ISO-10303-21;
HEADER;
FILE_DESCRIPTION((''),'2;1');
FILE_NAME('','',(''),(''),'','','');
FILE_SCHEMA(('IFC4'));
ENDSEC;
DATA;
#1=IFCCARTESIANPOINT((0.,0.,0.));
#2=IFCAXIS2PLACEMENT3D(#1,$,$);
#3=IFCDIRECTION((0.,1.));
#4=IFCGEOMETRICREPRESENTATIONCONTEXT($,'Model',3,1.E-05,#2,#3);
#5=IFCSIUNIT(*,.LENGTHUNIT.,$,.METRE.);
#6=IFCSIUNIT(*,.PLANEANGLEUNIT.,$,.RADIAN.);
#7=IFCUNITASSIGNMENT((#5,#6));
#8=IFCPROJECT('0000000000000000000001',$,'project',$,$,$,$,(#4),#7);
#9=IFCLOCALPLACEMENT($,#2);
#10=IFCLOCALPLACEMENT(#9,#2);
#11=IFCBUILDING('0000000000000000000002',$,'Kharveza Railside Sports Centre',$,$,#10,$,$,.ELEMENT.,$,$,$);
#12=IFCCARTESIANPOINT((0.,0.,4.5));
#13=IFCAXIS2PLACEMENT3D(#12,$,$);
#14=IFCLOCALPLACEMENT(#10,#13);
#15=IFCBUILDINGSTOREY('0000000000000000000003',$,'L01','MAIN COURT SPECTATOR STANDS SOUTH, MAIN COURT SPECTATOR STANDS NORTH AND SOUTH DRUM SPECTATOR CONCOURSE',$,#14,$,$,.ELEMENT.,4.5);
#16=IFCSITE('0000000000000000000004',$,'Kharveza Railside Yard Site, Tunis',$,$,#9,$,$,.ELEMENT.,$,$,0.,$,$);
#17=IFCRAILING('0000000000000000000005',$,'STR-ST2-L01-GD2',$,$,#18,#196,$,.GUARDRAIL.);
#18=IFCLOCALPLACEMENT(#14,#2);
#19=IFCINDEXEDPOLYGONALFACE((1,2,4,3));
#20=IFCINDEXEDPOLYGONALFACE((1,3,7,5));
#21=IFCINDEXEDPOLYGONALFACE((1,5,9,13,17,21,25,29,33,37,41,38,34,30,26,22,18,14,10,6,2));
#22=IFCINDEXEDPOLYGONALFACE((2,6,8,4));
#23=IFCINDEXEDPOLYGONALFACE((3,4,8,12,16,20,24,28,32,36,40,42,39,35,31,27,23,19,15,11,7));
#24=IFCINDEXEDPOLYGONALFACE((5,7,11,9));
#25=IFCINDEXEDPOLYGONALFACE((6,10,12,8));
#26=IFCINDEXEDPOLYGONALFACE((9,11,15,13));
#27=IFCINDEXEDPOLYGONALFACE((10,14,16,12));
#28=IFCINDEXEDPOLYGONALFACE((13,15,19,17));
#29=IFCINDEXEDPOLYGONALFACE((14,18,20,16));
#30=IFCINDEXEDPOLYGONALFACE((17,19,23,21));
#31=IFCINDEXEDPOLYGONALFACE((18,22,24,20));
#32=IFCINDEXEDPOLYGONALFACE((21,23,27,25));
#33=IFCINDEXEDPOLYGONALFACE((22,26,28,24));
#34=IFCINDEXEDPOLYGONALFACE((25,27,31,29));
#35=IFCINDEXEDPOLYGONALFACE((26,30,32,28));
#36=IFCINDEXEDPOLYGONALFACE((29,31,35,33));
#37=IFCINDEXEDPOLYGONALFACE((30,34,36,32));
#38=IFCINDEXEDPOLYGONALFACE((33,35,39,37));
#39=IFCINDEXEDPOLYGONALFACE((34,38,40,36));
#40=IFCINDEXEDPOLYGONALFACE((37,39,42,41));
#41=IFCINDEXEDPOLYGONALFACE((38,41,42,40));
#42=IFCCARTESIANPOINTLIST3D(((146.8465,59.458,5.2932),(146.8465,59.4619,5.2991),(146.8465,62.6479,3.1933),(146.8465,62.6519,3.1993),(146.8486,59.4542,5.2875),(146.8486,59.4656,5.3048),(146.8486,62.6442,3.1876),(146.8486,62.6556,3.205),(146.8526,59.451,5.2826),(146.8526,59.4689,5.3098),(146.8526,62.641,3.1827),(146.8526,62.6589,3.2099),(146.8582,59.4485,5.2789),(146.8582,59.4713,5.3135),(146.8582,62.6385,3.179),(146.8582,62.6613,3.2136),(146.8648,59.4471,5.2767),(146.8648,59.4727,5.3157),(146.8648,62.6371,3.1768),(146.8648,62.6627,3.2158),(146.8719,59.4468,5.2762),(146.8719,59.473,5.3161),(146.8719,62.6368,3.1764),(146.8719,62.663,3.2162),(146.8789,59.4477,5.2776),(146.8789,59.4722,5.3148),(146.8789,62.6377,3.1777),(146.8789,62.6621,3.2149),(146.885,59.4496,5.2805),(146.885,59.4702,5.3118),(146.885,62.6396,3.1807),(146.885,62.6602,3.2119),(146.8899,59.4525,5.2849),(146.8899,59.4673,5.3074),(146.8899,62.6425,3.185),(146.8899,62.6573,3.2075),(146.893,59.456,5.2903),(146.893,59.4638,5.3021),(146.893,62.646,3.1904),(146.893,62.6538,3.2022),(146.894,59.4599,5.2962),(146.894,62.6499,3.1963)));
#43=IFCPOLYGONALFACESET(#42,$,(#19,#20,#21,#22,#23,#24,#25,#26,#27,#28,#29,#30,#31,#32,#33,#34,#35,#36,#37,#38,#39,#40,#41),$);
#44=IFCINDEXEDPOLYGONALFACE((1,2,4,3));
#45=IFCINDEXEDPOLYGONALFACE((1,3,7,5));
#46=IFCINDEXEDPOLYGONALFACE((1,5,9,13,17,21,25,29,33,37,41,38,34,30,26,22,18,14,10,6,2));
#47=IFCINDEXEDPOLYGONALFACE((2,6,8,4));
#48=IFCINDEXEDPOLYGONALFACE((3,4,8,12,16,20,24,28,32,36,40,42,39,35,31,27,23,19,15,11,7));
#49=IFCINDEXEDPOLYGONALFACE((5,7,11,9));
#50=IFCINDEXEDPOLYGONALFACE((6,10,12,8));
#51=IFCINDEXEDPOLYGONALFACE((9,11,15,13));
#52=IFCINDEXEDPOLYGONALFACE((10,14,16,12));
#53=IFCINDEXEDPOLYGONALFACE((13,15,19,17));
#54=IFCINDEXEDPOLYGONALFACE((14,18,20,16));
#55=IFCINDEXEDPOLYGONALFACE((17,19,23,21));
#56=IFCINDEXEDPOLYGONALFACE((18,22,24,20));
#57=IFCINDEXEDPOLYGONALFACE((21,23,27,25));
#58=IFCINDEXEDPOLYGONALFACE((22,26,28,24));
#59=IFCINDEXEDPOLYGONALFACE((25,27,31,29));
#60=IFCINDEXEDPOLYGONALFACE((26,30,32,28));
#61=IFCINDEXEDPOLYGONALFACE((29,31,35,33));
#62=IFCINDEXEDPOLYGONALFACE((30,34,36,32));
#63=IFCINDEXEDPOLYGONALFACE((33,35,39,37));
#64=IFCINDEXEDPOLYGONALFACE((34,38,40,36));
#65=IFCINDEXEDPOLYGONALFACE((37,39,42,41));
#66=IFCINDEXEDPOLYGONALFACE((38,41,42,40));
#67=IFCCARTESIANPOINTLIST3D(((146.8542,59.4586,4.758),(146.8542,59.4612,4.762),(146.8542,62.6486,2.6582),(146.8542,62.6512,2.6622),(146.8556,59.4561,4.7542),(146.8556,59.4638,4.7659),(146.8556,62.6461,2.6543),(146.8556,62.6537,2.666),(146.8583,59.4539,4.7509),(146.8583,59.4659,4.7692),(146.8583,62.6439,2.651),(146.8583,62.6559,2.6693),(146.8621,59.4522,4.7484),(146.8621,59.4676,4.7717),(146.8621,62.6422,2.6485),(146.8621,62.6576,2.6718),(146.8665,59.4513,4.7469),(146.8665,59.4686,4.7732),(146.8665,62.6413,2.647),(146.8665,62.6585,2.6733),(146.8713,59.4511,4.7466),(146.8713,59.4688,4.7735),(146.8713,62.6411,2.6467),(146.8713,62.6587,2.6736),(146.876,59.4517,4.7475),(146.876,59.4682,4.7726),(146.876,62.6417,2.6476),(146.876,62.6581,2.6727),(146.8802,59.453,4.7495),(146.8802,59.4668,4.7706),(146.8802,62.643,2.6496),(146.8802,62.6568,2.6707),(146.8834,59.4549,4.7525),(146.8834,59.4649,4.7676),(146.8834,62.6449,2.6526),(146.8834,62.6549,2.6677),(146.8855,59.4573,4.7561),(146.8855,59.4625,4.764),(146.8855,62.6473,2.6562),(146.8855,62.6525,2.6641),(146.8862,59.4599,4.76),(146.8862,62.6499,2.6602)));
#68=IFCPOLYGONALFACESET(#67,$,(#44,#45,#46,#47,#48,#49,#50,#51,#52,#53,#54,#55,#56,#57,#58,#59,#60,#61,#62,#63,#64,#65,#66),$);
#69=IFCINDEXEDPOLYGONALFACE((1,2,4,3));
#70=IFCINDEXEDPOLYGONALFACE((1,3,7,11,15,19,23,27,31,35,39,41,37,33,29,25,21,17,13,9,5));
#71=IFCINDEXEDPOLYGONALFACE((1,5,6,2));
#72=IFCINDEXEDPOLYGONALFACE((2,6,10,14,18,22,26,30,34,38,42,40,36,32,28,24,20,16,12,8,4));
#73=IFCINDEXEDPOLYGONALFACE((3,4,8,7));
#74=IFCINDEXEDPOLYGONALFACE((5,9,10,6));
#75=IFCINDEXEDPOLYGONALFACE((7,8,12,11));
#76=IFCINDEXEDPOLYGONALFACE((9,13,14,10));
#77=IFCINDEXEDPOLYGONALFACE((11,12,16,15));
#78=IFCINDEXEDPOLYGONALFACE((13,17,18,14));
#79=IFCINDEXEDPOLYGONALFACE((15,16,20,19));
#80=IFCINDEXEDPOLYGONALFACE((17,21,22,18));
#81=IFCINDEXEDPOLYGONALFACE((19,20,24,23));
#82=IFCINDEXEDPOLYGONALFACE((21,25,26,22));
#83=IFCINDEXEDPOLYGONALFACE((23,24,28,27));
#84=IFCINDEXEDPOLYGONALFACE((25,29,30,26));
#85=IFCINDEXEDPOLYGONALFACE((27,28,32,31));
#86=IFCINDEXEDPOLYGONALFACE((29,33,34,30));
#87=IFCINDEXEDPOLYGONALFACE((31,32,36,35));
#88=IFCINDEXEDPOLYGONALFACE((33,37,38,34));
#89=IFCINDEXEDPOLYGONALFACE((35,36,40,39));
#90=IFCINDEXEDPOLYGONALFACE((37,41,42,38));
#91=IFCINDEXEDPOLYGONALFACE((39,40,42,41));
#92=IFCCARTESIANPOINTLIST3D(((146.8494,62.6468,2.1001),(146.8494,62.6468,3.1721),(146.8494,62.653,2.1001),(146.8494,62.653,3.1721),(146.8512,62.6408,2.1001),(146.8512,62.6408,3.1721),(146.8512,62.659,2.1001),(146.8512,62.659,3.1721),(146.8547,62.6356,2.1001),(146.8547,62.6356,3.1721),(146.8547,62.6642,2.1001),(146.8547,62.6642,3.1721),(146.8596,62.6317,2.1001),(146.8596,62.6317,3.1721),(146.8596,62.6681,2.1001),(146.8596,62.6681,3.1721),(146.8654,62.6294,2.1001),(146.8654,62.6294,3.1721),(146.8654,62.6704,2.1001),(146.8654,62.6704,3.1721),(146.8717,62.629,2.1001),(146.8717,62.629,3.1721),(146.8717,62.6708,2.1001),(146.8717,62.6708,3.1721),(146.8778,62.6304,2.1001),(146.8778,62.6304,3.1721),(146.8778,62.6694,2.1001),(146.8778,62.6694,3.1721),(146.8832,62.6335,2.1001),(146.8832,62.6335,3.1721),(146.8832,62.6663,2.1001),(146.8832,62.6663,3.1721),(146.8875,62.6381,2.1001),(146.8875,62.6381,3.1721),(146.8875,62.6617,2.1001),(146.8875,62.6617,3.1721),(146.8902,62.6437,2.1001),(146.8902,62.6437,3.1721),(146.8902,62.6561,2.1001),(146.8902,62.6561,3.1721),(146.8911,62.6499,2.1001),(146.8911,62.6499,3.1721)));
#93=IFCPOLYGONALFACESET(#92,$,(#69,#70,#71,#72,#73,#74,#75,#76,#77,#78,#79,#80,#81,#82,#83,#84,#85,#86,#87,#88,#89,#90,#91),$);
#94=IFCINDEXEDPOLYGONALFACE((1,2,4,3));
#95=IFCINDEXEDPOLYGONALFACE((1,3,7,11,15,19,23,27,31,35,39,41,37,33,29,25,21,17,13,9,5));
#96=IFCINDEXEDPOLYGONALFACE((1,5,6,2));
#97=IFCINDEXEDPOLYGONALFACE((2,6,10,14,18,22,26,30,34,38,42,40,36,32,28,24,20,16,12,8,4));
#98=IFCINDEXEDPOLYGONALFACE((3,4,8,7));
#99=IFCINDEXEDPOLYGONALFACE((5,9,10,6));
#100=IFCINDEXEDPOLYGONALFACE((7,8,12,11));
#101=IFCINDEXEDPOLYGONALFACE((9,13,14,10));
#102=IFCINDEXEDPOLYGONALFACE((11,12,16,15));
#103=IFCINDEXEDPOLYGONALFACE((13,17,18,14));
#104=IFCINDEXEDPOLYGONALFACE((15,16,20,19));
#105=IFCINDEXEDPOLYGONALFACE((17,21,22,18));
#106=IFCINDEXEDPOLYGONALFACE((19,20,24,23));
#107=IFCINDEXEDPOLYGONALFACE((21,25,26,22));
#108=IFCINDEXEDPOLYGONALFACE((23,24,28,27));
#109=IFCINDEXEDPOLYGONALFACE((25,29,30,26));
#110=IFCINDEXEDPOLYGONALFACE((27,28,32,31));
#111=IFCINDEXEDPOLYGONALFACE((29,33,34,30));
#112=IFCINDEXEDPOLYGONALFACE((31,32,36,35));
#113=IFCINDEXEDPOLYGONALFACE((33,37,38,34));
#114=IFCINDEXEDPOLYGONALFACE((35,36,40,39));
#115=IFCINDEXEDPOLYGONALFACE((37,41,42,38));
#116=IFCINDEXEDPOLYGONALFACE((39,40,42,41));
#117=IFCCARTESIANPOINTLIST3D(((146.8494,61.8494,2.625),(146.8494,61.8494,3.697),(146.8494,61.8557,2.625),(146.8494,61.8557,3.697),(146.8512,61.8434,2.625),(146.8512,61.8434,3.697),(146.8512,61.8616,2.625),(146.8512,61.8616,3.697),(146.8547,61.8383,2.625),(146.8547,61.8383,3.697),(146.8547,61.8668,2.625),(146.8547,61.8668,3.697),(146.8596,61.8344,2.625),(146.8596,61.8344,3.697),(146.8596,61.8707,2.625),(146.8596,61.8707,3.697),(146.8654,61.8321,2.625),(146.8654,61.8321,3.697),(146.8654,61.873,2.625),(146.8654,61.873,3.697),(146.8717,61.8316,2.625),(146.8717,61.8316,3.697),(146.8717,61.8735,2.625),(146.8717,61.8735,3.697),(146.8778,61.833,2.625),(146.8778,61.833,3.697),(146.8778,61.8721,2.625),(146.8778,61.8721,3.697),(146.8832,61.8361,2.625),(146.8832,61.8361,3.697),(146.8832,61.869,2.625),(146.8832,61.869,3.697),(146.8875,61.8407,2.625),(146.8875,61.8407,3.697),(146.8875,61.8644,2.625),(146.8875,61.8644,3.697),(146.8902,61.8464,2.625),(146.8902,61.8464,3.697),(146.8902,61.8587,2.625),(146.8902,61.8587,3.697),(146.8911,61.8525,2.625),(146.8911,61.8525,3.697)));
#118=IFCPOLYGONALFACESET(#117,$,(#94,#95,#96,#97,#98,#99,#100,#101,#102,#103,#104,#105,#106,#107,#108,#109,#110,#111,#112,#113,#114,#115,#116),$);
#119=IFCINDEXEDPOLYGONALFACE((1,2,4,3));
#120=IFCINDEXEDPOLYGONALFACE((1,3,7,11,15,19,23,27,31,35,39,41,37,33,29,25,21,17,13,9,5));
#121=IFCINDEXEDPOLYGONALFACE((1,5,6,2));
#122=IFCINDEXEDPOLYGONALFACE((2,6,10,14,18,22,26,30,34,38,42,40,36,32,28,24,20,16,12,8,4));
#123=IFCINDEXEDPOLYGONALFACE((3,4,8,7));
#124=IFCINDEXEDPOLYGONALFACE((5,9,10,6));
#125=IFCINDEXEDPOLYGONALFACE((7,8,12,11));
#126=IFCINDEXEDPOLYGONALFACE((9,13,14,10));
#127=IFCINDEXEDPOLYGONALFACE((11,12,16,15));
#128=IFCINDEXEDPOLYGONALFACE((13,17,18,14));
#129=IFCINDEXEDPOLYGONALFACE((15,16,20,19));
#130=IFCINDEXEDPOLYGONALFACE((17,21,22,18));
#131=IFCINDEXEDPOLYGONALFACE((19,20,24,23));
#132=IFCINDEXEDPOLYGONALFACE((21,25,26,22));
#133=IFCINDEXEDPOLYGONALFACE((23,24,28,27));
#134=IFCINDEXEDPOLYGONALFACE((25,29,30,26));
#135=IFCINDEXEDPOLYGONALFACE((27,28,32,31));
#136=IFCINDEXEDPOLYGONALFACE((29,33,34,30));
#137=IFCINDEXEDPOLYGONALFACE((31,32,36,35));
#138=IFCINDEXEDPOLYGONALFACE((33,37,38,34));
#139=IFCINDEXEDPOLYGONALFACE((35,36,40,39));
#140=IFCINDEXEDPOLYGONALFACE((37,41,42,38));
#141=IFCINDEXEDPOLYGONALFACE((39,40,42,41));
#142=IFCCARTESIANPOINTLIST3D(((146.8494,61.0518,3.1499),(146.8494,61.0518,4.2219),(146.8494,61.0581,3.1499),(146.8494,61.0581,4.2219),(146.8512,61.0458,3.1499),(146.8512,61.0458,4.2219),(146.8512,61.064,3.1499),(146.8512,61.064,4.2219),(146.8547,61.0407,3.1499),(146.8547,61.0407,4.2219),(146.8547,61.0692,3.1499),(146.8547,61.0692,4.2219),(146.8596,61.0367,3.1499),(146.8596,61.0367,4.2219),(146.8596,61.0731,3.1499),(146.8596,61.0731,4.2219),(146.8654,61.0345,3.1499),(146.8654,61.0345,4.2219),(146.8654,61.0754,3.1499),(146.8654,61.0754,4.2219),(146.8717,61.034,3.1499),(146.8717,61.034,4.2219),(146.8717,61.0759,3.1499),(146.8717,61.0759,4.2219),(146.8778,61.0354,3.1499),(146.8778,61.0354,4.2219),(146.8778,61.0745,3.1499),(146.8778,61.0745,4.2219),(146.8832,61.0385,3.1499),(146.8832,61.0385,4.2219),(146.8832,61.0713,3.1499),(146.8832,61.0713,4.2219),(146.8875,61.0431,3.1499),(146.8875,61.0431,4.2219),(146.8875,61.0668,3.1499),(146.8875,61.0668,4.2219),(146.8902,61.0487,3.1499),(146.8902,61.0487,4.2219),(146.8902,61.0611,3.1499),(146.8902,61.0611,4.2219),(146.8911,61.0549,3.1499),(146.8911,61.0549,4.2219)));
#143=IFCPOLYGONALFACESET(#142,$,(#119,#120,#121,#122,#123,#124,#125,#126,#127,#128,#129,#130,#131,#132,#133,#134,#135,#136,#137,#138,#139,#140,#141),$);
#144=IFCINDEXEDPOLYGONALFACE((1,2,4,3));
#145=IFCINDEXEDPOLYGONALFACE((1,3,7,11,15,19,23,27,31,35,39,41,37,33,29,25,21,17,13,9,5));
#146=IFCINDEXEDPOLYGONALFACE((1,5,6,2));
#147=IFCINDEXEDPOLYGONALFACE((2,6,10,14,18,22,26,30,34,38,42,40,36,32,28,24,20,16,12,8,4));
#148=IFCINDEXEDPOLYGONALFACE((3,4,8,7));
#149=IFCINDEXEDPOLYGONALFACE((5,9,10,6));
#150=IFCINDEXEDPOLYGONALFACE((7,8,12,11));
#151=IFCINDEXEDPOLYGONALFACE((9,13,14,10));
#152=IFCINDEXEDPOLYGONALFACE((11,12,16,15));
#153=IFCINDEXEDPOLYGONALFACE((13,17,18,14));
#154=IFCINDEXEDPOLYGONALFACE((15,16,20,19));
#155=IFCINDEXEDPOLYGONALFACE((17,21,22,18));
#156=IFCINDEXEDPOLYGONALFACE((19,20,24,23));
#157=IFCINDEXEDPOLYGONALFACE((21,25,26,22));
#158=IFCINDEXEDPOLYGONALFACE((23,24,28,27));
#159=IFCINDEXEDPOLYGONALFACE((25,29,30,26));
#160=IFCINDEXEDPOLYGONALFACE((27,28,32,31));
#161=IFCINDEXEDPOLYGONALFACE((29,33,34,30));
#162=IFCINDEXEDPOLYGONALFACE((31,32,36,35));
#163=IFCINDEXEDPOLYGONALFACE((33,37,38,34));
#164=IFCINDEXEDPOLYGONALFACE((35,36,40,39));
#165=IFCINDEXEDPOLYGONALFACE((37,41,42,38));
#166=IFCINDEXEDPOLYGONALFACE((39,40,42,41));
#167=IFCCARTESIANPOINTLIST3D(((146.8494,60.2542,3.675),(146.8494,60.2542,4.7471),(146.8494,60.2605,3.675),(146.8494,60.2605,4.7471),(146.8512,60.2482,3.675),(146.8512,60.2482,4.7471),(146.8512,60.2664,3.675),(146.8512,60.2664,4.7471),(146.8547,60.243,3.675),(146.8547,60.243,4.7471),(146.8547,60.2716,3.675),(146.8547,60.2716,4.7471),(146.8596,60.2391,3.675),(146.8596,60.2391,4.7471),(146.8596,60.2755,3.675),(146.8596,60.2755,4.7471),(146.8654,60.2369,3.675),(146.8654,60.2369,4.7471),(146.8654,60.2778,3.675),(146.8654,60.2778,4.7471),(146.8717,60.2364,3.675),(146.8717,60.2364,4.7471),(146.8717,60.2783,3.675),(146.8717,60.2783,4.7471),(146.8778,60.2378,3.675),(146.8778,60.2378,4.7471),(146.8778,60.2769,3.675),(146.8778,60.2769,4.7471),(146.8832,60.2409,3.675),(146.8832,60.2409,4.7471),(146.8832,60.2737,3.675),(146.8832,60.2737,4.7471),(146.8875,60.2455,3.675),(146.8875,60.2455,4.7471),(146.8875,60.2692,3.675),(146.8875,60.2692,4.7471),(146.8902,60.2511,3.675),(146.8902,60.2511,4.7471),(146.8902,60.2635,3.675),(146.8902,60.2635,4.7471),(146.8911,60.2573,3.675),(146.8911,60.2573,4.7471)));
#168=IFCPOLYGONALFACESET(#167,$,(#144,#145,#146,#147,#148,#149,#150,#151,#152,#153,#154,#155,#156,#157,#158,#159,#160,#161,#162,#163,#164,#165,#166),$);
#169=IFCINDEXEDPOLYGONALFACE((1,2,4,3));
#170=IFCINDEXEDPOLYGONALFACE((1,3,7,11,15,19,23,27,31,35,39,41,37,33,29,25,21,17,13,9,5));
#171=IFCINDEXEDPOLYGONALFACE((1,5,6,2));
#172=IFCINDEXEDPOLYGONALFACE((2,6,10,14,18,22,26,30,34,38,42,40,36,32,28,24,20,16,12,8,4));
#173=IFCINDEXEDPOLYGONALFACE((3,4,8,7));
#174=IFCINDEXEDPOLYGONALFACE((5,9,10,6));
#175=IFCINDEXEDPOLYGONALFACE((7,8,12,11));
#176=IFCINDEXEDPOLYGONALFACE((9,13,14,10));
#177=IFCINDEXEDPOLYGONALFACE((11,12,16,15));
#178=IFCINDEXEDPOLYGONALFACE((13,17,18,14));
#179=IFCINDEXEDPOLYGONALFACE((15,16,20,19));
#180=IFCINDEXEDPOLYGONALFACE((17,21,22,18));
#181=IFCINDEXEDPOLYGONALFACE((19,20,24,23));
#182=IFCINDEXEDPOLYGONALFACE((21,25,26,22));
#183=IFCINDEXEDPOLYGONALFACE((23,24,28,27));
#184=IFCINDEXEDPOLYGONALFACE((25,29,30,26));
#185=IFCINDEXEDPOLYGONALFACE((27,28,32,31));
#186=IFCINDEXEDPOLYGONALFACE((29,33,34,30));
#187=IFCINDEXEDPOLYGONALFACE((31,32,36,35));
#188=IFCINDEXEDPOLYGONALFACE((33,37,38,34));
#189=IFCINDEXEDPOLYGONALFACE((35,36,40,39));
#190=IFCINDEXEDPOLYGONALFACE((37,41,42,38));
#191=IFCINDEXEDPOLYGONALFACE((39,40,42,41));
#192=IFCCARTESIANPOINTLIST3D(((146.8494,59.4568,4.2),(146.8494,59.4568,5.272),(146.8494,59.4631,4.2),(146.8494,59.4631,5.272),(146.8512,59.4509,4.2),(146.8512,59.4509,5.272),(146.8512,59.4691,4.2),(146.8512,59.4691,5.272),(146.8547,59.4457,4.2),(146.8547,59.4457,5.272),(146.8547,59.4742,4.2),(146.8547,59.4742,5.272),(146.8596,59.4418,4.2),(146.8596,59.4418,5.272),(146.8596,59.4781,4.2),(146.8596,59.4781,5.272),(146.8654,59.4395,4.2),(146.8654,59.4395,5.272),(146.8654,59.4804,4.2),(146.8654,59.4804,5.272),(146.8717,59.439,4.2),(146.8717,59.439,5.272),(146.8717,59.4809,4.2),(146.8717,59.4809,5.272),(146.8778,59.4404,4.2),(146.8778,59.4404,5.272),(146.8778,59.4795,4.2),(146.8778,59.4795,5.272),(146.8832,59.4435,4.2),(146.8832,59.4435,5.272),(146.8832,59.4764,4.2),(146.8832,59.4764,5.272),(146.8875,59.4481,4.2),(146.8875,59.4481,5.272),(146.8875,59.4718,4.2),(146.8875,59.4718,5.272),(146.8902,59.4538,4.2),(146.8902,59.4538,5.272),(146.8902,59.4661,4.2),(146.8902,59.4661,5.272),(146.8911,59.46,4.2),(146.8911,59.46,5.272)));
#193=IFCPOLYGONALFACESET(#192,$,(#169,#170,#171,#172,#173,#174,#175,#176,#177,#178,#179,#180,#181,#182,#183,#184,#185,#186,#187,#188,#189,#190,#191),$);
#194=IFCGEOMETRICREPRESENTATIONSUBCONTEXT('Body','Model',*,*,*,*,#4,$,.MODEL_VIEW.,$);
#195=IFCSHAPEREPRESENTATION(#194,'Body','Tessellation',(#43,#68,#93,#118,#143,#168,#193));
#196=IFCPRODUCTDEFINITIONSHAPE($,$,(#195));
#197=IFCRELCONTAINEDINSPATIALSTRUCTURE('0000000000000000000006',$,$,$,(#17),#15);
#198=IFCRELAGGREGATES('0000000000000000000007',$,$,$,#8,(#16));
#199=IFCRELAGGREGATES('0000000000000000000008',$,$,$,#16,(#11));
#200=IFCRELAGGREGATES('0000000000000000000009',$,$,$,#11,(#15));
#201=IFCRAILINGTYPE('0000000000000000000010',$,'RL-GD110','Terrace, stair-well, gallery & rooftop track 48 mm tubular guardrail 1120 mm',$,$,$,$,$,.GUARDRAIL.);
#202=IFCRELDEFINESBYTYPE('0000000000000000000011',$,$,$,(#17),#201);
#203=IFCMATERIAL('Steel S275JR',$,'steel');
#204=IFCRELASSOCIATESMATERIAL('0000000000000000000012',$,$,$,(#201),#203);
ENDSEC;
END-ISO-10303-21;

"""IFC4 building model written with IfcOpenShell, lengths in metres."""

from ifc_helpers import new_model, si_unit, direction, frame, origin, origin_2d, place, context, subcontext, project, spatial, circle, extrude, material, type_object, element, save


model = new_model("IFC4")

# Units and contexts
model_context = context("Model", 3, precision=1e-05, world=origin(), true_north=direction((0.0, 1.0)))
body_context = subcontext(model_context, "Body", "Model", "MODEL_VIEW")
ifc_project = project(units=[si_unit("LENGTHUNIT", "METRE"), si_unit("PLANEANGLEUNIT", "RADIAN")], contexts=[model_context])

# Site, building, storey
site_placement = place(None, origin())
site = spatial("IfcSite", under=ifc_project, at=site_placement, Name="Kharveza Railside Yard Site, Tunis", CompositionType="ELEMENT", RefElevation=0.0)
building_placement = place(site_placement, origin())
building = spatial("IfcBuilding", under=site, at=building_placement, Name="Kharveza Railside Sports Centre", CompositionType="ELEMENT")
storey_placement = place(building_placement, frame((0.0, 0.0, 4.5)))
storey = spatial("IfcBuildingStorey", under=building, at=storey_placement, Name="L01", Description="MAIN COURT SPECTATOR STANDS SOUTH, MAIN COURT SPECTATOR STANDS NORTH AND SOUTH DRUM SPECTATOR CONCOURSE", CompositionType="ELEMENT", Elevation=4.5)

# Railing
ifc_material_1 = material(Name="Steel S275JR", Category="steel")
railing_type_1 = type_object("IfcRailingType", Name="RL-GD110", Description="Terrace, stair-well, gallery & rooftop track 48 mm tubular guardrail 1120 mm", PredefinedType="GUARDRAIL", material=ifc_material_1)
railing_1_placement = place(storey_placement, frame((146.8701, 62.6499, 2.1001)))
element("IfcRailing", 1, at=railing_1_placement, inside=storey, type_object=railing_type_1, Name="STR-ST2-L01-GD2", PredefinedType="GUARDRAIL", context=body_context, shape_type="SweptSolid", body=[
    extrude(circle(Radius=0.0239, at=origin_2d()), frame((0.0, 0.0, 1.0962), z_axis=(0.0, -0.835272, 0.549837), x_axis=(1.0, 0.0, 0.0)), (0.0, 0.0, 1.0), 3.8191),
    extrude(circle(Radius=0.0161, at=origin_2d()), frame((0.0, 0.0, 0.5601), z_axis=(0.0, -0.835272, 0.549837), x_axis=(1.0, 0.0, 0.0)), (0.0, 0.0, 1.0), 3.8191),
    extrude(circle(Radius=0.021, at=origin_2d()), origin(), (0.0, 0.0, 1.0), 1.072),
    extrude(circle(Radius=0.021, at=origin_2d()), frame((0.0, -0.7974, 0.5249)), (0.0, 0.0, 1.0), 1.072),
    extrude(circle(Radius=0.021, at=origin_2d()), frame((0.0, -1.595, 1.0498)), (0.0, 0.0, 1.0), 1.072),
    extrude(circle(Radius=0.021, at=origin_2d()), frame((0.0, -2.3926, 1.575)), (0.0, 0.0, 1.0), 1.072),
    extrude(circle(Radius=0.021, at=origin_2d()), frame((0.0, -3.1899, 2.0999)), (0.0, 0.0, 1.0), 1.072),
])

save(model, "model.ifc")
